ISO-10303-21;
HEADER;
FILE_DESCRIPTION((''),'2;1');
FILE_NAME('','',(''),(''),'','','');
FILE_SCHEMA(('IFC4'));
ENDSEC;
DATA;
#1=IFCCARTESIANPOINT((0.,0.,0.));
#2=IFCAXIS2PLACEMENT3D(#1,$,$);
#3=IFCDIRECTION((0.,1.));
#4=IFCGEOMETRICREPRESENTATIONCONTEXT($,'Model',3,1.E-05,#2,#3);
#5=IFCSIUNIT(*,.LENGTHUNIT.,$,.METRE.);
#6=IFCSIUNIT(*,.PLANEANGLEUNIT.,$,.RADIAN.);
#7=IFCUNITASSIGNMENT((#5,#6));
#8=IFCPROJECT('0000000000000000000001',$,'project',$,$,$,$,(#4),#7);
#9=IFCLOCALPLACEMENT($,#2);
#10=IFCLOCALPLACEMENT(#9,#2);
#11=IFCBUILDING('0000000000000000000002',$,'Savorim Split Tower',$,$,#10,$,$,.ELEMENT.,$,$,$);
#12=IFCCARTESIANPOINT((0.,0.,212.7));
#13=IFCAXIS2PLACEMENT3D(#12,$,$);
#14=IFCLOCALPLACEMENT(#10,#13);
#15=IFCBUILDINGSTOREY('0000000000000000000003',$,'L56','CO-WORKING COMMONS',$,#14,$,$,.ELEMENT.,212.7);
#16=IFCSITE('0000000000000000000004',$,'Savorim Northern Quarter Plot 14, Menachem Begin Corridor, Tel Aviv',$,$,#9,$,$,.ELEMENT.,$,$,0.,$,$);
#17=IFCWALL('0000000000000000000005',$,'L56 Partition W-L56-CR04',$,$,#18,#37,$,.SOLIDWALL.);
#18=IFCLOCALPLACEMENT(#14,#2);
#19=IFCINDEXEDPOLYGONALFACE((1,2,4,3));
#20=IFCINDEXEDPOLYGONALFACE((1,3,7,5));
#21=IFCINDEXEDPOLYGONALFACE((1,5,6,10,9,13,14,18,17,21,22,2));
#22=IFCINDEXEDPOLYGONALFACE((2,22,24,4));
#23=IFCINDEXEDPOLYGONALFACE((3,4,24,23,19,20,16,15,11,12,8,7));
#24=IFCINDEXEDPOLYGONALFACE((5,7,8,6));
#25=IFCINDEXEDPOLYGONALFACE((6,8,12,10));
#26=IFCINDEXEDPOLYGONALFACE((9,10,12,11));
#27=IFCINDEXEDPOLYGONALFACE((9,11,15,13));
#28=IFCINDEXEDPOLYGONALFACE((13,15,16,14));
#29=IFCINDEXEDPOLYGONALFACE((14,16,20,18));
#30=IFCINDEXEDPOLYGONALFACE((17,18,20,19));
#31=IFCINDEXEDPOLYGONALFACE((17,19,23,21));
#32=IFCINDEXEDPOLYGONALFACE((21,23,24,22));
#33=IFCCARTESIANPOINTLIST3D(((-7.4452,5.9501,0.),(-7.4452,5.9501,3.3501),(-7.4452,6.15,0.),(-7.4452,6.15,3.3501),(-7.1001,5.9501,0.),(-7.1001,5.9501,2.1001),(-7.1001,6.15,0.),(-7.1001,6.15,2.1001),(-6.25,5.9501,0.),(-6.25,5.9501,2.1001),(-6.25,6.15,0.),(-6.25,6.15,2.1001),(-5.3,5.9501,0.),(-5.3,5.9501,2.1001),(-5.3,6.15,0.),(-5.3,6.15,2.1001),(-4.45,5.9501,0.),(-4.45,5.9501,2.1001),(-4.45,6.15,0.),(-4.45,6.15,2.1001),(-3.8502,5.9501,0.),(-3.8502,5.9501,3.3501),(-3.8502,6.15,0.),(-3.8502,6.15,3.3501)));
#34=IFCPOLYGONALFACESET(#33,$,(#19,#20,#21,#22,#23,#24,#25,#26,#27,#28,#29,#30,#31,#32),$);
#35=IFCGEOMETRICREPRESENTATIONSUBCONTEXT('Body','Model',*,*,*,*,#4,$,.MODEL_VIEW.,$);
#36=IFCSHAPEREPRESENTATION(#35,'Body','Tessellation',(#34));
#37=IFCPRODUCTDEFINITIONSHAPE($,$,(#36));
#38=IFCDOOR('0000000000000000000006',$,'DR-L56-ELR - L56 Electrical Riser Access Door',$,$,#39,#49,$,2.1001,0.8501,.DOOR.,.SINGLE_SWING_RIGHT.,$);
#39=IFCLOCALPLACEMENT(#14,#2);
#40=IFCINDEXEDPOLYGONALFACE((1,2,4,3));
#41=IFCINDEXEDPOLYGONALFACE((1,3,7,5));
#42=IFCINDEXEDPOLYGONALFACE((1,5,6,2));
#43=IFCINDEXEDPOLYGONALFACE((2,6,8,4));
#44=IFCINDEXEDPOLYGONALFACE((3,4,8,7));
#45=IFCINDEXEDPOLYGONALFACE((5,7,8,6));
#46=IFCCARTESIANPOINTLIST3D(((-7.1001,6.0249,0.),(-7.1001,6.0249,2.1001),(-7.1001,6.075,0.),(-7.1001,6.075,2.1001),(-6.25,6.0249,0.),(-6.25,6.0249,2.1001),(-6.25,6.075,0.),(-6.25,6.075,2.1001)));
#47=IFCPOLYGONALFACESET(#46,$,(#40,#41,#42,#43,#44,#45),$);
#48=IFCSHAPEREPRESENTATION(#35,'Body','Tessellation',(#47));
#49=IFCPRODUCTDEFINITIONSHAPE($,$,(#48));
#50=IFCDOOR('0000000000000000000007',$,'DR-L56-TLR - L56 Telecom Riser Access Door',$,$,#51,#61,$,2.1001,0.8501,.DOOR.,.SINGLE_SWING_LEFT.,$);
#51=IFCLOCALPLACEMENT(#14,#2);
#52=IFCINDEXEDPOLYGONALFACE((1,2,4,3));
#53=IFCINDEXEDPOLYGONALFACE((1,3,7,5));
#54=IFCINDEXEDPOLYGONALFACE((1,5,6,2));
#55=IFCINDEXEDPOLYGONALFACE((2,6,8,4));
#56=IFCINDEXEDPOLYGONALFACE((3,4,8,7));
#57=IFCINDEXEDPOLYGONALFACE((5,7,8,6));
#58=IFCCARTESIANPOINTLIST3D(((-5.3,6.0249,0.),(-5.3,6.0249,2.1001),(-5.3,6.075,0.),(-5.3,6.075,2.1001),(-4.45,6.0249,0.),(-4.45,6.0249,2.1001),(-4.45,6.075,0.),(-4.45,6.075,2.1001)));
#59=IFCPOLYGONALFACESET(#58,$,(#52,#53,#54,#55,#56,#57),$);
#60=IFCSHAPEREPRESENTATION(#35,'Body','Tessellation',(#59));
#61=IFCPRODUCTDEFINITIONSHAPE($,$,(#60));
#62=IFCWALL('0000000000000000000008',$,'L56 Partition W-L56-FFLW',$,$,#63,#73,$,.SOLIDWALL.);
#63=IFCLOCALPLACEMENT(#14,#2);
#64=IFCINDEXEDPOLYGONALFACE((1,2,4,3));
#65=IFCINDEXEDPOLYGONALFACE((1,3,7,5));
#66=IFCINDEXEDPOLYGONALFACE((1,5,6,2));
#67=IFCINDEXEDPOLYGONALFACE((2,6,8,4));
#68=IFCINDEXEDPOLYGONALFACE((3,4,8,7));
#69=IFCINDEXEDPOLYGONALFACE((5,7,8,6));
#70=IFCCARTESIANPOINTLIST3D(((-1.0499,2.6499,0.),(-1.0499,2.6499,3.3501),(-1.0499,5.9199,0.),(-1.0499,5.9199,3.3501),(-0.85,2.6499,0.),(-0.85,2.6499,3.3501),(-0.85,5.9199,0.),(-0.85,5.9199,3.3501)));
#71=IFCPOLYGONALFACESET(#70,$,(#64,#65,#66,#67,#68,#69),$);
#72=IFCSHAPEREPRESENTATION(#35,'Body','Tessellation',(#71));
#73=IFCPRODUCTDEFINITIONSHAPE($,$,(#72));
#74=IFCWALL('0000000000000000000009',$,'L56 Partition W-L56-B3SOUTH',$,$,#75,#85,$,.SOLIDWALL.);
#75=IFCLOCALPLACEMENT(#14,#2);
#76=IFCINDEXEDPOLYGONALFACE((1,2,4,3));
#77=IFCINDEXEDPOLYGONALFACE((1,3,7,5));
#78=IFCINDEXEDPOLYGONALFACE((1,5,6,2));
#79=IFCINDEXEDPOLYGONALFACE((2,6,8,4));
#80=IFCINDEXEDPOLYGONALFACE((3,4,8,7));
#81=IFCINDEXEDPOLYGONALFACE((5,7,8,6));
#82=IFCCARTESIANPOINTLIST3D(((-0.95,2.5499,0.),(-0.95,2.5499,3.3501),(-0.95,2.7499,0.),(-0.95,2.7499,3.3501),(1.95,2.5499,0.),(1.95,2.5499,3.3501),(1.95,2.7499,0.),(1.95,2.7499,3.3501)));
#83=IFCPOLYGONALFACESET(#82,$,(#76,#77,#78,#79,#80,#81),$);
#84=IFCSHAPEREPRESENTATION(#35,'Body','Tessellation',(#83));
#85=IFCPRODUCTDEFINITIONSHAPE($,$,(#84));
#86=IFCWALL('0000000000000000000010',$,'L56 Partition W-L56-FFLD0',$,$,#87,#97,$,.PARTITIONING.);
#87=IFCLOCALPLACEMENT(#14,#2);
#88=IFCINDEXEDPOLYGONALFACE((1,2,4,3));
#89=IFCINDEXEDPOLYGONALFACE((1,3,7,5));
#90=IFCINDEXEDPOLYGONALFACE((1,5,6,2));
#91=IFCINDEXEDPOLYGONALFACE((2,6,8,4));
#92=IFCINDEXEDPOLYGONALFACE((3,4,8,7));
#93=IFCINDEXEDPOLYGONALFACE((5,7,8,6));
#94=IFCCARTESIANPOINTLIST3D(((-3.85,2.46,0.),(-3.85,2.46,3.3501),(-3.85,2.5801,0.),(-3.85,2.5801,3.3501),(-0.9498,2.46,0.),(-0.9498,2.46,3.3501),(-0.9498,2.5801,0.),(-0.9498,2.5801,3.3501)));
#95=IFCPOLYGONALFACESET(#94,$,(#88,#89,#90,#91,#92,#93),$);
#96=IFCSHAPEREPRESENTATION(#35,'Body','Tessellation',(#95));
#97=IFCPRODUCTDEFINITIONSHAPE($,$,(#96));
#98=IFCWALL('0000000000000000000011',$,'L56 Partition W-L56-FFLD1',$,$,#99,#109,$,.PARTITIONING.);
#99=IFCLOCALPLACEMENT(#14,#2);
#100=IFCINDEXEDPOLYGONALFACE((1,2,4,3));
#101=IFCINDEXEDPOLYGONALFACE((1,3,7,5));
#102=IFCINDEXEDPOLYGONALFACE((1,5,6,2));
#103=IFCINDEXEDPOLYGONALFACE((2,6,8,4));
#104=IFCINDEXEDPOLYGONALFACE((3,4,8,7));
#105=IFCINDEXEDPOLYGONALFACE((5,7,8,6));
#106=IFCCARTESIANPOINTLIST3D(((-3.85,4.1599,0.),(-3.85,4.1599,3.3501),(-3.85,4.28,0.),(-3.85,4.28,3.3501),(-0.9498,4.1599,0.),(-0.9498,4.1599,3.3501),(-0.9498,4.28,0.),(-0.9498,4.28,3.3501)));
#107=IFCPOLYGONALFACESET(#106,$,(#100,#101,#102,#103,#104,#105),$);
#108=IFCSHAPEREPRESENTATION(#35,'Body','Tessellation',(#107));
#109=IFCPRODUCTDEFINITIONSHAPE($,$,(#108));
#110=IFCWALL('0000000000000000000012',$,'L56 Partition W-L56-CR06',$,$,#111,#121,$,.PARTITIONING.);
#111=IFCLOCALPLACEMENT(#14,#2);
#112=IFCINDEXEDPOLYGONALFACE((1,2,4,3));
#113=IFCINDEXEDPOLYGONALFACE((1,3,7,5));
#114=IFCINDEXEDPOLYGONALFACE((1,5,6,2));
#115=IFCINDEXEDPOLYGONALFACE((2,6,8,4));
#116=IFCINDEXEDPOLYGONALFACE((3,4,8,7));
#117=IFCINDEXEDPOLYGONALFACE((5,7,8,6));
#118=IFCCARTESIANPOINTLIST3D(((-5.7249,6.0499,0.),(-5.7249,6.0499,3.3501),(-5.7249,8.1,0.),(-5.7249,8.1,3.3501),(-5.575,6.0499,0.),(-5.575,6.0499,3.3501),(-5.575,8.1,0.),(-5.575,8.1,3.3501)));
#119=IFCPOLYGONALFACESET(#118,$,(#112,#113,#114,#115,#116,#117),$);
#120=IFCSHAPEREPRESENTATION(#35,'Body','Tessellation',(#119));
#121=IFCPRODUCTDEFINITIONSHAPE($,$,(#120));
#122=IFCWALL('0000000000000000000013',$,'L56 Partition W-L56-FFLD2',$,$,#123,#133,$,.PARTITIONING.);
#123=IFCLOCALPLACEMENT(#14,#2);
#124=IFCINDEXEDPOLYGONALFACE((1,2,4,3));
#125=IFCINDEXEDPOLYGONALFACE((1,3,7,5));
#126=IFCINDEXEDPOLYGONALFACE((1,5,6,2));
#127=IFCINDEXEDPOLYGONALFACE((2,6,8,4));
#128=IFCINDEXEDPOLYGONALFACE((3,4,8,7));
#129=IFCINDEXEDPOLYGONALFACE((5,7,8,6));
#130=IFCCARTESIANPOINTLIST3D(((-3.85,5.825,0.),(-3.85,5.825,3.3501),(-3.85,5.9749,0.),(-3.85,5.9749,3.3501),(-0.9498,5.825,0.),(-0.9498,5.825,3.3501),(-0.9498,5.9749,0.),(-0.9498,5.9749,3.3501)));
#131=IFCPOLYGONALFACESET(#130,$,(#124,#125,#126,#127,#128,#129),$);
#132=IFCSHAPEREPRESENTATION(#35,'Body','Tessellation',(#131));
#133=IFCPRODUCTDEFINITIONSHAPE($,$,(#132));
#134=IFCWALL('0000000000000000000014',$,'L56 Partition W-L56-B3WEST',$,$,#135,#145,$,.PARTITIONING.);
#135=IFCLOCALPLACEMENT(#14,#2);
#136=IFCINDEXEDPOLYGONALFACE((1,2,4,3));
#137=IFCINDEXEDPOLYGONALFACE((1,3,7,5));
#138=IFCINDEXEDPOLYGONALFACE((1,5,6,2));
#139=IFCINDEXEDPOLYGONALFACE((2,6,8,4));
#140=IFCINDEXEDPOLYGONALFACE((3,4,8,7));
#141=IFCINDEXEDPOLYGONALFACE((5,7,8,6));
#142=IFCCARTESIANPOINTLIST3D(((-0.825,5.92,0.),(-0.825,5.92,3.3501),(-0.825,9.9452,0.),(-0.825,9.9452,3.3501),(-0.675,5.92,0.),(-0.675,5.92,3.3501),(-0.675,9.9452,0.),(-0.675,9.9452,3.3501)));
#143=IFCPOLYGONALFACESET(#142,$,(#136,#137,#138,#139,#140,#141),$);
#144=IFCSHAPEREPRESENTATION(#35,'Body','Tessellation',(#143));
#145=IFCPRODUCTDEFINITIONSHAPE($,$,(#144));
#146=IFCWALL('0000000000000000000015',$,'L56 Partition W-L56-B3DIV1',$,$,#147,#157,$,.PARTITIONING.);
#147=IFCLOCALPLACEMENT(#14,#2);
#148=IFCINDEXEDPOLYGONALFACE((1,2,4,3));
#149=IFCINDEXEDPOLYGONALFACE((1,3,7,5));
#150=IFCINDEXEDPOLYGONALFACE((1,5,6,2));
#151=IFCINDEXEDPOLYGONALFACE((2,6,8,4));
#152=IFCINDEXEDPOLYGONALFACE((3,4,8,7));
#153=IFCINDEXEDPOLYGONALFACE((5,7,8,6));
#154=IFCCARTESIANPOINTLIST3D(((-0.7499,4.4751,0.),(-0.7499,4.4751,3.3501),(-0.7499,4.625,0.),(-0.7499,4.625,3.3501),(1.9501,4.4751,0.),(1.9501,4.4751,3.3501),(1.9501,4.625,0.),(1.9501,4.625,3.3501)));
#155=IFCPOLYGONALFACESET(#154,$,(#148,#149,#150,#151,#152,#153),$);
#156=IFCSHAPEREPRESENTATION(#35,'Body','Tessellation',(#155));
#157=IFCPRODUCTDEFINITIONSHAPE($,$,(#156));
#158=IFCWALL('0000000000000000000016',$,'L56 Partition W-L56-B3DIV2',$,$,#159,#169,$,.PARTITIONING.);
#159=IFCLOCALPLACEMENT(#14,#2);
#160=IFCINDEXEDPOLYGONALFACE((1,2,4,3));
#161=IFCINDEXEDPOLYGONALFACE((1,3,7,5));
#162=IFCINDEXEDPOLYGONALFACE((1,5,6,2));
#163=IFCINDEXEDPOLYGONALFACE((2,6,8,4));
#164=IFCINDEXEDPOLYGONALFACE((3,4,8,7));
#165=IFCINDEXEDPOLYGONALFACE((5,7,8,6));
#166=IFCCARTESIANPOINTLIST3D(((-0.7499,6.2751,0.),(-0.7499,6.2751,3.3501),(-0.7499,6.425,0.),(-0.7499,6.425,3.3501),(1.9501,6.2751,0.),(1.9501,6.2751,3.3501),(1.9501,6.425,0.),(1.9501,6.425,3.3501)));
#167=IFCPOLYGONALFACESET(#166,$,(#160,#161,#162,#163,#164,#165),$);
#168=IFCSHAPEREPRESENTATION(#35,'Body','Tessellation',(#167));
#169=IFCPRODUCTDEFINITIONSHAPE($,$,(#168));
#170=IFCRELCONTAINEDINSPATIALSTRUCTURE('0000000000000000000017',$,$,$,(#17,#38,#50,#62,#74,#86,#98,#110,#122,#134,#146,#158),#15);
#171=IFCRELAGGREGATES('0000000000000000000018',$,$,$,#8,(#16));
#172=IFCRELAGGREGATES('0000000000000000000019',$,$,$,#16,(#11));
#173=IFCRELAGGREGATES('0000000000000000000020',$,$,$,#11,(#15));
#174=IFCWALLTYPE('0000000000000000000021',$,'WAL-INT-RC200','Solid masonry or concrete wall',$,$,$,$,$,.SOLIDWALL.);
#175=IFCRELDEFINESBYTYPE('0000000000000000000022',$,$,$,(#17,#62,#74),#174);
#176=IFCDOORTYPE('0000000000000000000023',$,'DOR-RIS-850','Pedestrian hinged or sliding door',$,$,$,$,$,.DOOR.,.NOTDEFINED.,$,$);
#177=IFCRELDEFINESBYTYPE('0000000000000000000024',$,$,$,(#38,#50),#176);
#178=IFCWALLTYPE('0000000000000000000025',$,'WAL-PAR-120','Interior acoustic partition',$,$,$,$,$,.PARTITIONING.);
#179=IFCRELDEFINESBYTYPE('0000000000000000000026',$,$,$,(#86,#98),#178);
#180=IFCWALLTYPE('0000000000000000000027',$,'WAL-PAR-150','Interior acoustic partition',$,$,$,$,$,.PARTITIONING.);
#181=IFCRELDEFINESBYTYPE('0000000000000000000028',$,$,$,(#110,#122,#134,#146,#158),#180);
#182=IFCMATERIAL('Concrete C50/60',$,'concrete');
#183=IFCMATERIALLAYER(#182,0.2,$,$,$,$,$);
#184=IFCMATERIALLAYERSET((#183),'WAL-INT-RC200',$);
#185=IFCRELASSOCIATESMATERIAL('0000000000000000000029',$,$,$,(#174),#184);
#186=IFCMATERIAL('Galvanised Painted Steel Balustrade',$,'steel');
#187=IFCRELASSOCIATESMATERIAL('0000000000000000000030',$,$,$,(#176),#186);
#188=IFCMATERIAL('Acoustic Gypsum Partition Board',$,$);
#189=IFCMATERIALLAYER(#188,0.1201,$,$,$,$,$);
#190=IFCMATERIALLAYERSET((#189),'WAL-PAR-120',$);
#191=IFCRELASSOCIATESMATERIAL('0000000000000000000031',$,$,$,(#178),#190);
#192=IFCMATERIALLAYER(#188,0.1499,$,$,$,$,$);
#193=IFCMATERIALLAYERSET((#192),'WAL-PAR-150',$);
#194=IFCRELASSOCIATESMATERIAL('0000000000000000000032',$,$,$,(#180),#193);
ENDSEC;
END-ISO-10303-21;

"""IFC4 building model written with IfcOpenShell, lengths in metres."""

from ifc_helpers import new_model, si_unit, direction, frame, frame_2d, origin, place, context, subcontext, project, spatial, rectangle, extrude, material, layer, layer_set, type_object, element, fill, save


model = new_model("IFC4")

# Units and contexts
model_context = context("Model", 3, precision=1e-05, world=origin(), true_north=direction((0.0, 1.0)))
body_context = subcontext(model_context, "Body", "Model", "MODEL_VIEW")
ifc_project = project(units=[si_unit("LENGTHUNIT", "METRE"), si_unit("PLANEANGLEUNIT", "RADIAN")], contexts=[model_context])

# Site, building, storey
site_placement = place(None, origin())
site = spatial("IfcSite", under=ifc_project, at=site_placement, Name="Savorim Northern Quarter Plot 14, Menachem Begin Corridor, Tel Aviv", CompositionType="ELEMENT", RefElevation=0.0)
building_placement = place(site_placement, origin())
building = spatial("IfcBuilding", under=site, at=building_placement, Name="Savorim Split Tower", CompositionType="ELEMENT")
storey_placement = place(building_placement, frame((0.0, 0.0, 212.7)))
storey = spatial("IfcBuildingStorey", under=building, at=storey_placement, Name="L56", Description="CO-WORKING COMMONS", CompositionType="ELEMENT", Elevation=212.7)

# Wall, openings, doors
ifc_material_1 = material(Name="Concrete C50/60", Category="concrete")
ifc_layer_1 = layer(ifc_material_1, 0.2)
ifc_layer_set_1 = layer_set([ifc_layer_1], Name="WAL-INT-RC200")
wall_type_1 = type_object("IfcWallType", Name="WAL-INT-RC200", Description="Solid masonry or concrete wall", PredefinedType="SOLIDWALL", material=ifc_layer_set_1)
wall_1_placement = place(storey_placement, frame((-7.4451, 6.05, 0.0), z_axis=(0.0, 0.0, 1.0), x_axis=(1.0, 0.0, 0.0)))
wall_1 = element("IfcWall", 1, at=wall_1_placement, inside=storey, type_object=wall_type_1, Name="L56 Partition W-L56-CR04", PredefinedType="SOLIDWALL", context=body_context, shape_type="SweptSolid", body=[
    extrude(rectangle(XDim=3.595, YDim=0.2, at=frame_2d((1.7974, 0.0))), origin(), (0.0, 0.0, 1.0), 3.3501),
])
opening_1_placement = place(wall_1_placement, frame((0.345, 0.0, 0.0)))
opening_1 = element("IfcOpeningElement", 2, at=opening_1_placement, cuts=wall_1, PredefinedType="OPENING", context=body_context, shape_type="SweptSolid", body=[
    extrude(rectangle(XDim=0.8501, YDim=2.1001, at=frame_2d((0.425, 1.05))), frame((0.0, 0.1099, 0.0), z_axis=(0.0, -1.0, 0.0), x_axis=(1.0, 0.0, 0.0)), (0.0, 0.0, 1.0), 0.22),
])
opening_2_placement = place(wall_1_placement, frame((2.145, 0.0, 0.0)))
opening_2 = element("IfcOpeningElement", 3, at=opening_2_placement, cuts=wall_1, PredefinedType="OPENING", context=body_context, shape_type="SweptSolid", body=[
    extrude(rectangle(XDim=0.8501, YDim=2.1001, at=frame_2d((0.425, 1.05))), frame((0.0, 0.1099, 0.0), z_axis=(0.0, -1.0, 0.0), x_axis=(1.0, 0.0, 0.0)), (0.0, 0.0, 1.0), 0.22),
])
ifc_material_2 = material(Name="Galvanised Painted Steel Balustrade", Category="steel")
door_type = type_object("IfcDoorType", Name="DOR-RIS-850", Description="Pedestrian hinged or sliding door", OperationType="NOTDEFINED", PredefinedType="DOOR", material=ifc_material_2)
door_1_placement = place(opening_1_placement, origin())
door_1 = element("IfcDoor", 4, at=door_1_placement, inside=storey, type_object=door_type, Name="DR-L56-ELR - L56 Electrical Riser Access Door", OperationType="SINGLE_SWING_RIGHT", OverallHeight=2.1001, OverallWidth=0.8501, PredefinedType="DOOR", context=body_context, shape_type="SweptSolid", body=[
    extrude(rectangle(XDim=0.8501, YDim=2.1001, at=frame_2d((0.425, 1.05))), frame((0.0, 0.0249, 0.0), z_axis=(0.0, -1.0, 0.0), x_axis=(1.0, 0.0, 0.0)), (0.0, 0.0, 1.0), 0.05),
])
fill(opening_1, door_1)
door_2_placement = place(opening_2_placement, origin())
door_2 = element("IfcDoor", 5, at=door_2_placement, inside=storey, type_object=door_type, Name="DR-L56-TLR - L56 Telecom Riser Access Door", OperationType="SINGLE_SWING_LEFT", OverallHeight=2.1001, OverallWidth=0.8501, PredefinedType="DOOR", context=body_context, shape_type="SweptSolid", body=[
    extrude(rectangle(XDim=0.8501, YDim=2.1001, at=frame_2d((0.425, 1.05))), frame((0.0, 0.0249, 0.0), z_axis=(0.0, -1.0, 0.0), x_axis=(1.0, 0.0, 0.0)), (0.0, 0.0, 1.0), 0.05),
])
fill(opening_2, door_2)

# Walls
wall_2_placement = place(storey_placement, frame((-0.95, 2.6499, 0.0), z_axis=(0.0, 0.0, 1.0), x_axis=(0.0, 1.0, 0.0)))
element("IfcWall", 6, at=wall_2_placement, inside=storey, type_object=wall_type_1, Name="L56 Partition W-L56-FFLW", PredefinedType="SOLIDWALL", context=body_context, shape_type="SweptSolid", body=[
    extrude(rectangle(XDim=3.27, YDim=0.2, at=frame_2d((1.635, 0.0))), origin(), (0.0, 0.0, 1.0), 3.3501),
])
wall_3_placement = place(storey_placement, frame((-0.95, 2.6499, 0.0), z_axis=(0.0, 0.0, 1.0), x_axis=(1.0, 0.0, 0.0)))
element("IfcWall", 7, at=wall_3_placement, inside=storey, type_object=wall_type_1, Name="L56 Partition W-L56-B3SOUTH", PredefinedType="SOLIDWALL", context=body_context, shape_type="SweptSolid", body=[
    extrude(rectangle(XDim=2.8999, YDim=0.2, at=frame_2d((1.45, 0.0))), origin(), (0.0, 0.0, 1.0), 3.3501),
])
ifc_material_3 = material(Name="Acoustic Gypsum Partition Board")
ifc_layer_2 = layer(ifc_material_3, 0.1201)
ifc_layer_set_2 = layer_set([ifc_layer_2], Name="WAL-PAR-120")
wall_type_2 = type_object("IfcWallType", Name="WAL-PAR-120", Description="Interior acoustic partition", PredefinedType="PARTITIONING", material=ifc_layer_set_2)
for number, where, z_axis, x_axis, name in (
    (8, (-3.8501, 2.52, 0.0), (0.0, 0.0, 1.0), (1.0, 0.0, 0.0), "L56 Partition W-L56-FFLD0"),
    (9, (-3.8501, 4.22, 0.0), (0.0, 0.0, 1.0), (1.0, 0.0, 0.0), "L56 Partition W-L56-FFLD1"),
):
    element("IfcWall", number, at=place(storey_placement, frame(where, z_axis=z_axis, x_axis=x_axis)), inside=storey, type_object=wall_type_2, Name=name, PredefinedType="PARTITIONING", context=body_context, shape_type="SweptSolid", body=[
        extrude(rectangle(XDim=2.9001, YDim=0.1201, at=frame_2d((1.4502, 0.0))), origin(), (0.0, 0.0, 1.0), 3.3501),
    ])
ifc_layer_3 = layer(ifc_material_3, 0.1499)
ifc_layer_set_3 = layer_set([ifc_layer_3], Name="WAL-PAR-150")
wall_type_3 = type_object("IfcWallType", Name="WAL-PAR-150", Description="Interior acoustic partition", PredefinedType="PARTITIONING", material=ifc_layer_set_3)
wall_4_placement = place(storey_placement, frame((-5.6499, 6.05, 0.0), z_axis=(0.0, 0.0, 1.0), x_axis=(0.0, 1.0, 0.0)))
element("IfcWall", 10, at=wall_4_placement, inside=storey, type_object=wall_type_3, Name="L56 Partition W-L56-CR06", PredefinedType="PARTITIONING", context=body_context, shape_type="SweptSolid", body=[
    extrude(rectangle(XDim=2.05, YDim=0.1499, at=frame_2d((1.0249, 0.0))), origin(), (0.0, 0.0, 1.0), 3.3501),
])
wall_5_placement = place(storey_placement, frame((-3.8501, 5.8999, 0.0), z_axis=(0.0, 0.0, 1.0), x_axis=(1.0, 0.0, 0.0)))
element("IfcWall", 11, at=wall_5_placement, inside=storey, type_object=wall_type_3, Name="L56 Partition W-L56-FFLD2", PredefinedType="PARTITIONING", context=body_context, shape_type="SweptSolid", body=[
    extrude(rectangle(XDim=2.9001, YDim=0.1499, at=frame_2d((1.4502, 0.0))), origin(), (0.0, 0.0, 1.0), 3.3501),
])
wall_6_placement = place(storey_placement, frame((-0.75, 5.9199, 0.0), z_axis=(0.0, 0.0, 1.0), x_axis=(0.0, 1.0, 0.0)))
element("IfcWall", 12, at=wall_6_placement, inside=storey, type_object=wall_type_3, Name="L56 Partition W-L56-B3WEST", PredefinedType="PARTITIONING", context=body_context, shape_type="SweptSolid", body=[
    extrude(rectangle(XDim=4.0251, YDim=0.1499, at=frame_2d((2.0127, 0.0))), origin(), (0.0, 0.0, 1.0), 3.3501),
])
for number, where, z_axis, x_axis, name in (
    (13, (-0.75, 4.55, 0.0), (0.0, 0.0, 1.0), (1.0, 0.0, 0.0), "L56 Partition W-L56-B3DIV1"),
    (14, (-0.75, 6.3501, 0.0), (0.0, 0.0, 1.0), (1.0, 0.0, 0.0), "L56 Partition W-L56-B3DIV2"),
):
    element("IfcWall", number, at=place(storey_placement, frame(where, z_axis=z_axis, x_axis=x_axis)), inside=storey, type_object=wall_type_3, Name=name, PredefinedType="PARTITIONING", context=body_context, shape_type="SweptSolid", body=[
        extrude(rectangle(XDim=2.7, YDim=0.1499, at=frame_2d((1.3501, 0.0))), origin(), (0.0, 0.0, 1.0), 3.3501),
    ])

save(model, "model.ifc")
